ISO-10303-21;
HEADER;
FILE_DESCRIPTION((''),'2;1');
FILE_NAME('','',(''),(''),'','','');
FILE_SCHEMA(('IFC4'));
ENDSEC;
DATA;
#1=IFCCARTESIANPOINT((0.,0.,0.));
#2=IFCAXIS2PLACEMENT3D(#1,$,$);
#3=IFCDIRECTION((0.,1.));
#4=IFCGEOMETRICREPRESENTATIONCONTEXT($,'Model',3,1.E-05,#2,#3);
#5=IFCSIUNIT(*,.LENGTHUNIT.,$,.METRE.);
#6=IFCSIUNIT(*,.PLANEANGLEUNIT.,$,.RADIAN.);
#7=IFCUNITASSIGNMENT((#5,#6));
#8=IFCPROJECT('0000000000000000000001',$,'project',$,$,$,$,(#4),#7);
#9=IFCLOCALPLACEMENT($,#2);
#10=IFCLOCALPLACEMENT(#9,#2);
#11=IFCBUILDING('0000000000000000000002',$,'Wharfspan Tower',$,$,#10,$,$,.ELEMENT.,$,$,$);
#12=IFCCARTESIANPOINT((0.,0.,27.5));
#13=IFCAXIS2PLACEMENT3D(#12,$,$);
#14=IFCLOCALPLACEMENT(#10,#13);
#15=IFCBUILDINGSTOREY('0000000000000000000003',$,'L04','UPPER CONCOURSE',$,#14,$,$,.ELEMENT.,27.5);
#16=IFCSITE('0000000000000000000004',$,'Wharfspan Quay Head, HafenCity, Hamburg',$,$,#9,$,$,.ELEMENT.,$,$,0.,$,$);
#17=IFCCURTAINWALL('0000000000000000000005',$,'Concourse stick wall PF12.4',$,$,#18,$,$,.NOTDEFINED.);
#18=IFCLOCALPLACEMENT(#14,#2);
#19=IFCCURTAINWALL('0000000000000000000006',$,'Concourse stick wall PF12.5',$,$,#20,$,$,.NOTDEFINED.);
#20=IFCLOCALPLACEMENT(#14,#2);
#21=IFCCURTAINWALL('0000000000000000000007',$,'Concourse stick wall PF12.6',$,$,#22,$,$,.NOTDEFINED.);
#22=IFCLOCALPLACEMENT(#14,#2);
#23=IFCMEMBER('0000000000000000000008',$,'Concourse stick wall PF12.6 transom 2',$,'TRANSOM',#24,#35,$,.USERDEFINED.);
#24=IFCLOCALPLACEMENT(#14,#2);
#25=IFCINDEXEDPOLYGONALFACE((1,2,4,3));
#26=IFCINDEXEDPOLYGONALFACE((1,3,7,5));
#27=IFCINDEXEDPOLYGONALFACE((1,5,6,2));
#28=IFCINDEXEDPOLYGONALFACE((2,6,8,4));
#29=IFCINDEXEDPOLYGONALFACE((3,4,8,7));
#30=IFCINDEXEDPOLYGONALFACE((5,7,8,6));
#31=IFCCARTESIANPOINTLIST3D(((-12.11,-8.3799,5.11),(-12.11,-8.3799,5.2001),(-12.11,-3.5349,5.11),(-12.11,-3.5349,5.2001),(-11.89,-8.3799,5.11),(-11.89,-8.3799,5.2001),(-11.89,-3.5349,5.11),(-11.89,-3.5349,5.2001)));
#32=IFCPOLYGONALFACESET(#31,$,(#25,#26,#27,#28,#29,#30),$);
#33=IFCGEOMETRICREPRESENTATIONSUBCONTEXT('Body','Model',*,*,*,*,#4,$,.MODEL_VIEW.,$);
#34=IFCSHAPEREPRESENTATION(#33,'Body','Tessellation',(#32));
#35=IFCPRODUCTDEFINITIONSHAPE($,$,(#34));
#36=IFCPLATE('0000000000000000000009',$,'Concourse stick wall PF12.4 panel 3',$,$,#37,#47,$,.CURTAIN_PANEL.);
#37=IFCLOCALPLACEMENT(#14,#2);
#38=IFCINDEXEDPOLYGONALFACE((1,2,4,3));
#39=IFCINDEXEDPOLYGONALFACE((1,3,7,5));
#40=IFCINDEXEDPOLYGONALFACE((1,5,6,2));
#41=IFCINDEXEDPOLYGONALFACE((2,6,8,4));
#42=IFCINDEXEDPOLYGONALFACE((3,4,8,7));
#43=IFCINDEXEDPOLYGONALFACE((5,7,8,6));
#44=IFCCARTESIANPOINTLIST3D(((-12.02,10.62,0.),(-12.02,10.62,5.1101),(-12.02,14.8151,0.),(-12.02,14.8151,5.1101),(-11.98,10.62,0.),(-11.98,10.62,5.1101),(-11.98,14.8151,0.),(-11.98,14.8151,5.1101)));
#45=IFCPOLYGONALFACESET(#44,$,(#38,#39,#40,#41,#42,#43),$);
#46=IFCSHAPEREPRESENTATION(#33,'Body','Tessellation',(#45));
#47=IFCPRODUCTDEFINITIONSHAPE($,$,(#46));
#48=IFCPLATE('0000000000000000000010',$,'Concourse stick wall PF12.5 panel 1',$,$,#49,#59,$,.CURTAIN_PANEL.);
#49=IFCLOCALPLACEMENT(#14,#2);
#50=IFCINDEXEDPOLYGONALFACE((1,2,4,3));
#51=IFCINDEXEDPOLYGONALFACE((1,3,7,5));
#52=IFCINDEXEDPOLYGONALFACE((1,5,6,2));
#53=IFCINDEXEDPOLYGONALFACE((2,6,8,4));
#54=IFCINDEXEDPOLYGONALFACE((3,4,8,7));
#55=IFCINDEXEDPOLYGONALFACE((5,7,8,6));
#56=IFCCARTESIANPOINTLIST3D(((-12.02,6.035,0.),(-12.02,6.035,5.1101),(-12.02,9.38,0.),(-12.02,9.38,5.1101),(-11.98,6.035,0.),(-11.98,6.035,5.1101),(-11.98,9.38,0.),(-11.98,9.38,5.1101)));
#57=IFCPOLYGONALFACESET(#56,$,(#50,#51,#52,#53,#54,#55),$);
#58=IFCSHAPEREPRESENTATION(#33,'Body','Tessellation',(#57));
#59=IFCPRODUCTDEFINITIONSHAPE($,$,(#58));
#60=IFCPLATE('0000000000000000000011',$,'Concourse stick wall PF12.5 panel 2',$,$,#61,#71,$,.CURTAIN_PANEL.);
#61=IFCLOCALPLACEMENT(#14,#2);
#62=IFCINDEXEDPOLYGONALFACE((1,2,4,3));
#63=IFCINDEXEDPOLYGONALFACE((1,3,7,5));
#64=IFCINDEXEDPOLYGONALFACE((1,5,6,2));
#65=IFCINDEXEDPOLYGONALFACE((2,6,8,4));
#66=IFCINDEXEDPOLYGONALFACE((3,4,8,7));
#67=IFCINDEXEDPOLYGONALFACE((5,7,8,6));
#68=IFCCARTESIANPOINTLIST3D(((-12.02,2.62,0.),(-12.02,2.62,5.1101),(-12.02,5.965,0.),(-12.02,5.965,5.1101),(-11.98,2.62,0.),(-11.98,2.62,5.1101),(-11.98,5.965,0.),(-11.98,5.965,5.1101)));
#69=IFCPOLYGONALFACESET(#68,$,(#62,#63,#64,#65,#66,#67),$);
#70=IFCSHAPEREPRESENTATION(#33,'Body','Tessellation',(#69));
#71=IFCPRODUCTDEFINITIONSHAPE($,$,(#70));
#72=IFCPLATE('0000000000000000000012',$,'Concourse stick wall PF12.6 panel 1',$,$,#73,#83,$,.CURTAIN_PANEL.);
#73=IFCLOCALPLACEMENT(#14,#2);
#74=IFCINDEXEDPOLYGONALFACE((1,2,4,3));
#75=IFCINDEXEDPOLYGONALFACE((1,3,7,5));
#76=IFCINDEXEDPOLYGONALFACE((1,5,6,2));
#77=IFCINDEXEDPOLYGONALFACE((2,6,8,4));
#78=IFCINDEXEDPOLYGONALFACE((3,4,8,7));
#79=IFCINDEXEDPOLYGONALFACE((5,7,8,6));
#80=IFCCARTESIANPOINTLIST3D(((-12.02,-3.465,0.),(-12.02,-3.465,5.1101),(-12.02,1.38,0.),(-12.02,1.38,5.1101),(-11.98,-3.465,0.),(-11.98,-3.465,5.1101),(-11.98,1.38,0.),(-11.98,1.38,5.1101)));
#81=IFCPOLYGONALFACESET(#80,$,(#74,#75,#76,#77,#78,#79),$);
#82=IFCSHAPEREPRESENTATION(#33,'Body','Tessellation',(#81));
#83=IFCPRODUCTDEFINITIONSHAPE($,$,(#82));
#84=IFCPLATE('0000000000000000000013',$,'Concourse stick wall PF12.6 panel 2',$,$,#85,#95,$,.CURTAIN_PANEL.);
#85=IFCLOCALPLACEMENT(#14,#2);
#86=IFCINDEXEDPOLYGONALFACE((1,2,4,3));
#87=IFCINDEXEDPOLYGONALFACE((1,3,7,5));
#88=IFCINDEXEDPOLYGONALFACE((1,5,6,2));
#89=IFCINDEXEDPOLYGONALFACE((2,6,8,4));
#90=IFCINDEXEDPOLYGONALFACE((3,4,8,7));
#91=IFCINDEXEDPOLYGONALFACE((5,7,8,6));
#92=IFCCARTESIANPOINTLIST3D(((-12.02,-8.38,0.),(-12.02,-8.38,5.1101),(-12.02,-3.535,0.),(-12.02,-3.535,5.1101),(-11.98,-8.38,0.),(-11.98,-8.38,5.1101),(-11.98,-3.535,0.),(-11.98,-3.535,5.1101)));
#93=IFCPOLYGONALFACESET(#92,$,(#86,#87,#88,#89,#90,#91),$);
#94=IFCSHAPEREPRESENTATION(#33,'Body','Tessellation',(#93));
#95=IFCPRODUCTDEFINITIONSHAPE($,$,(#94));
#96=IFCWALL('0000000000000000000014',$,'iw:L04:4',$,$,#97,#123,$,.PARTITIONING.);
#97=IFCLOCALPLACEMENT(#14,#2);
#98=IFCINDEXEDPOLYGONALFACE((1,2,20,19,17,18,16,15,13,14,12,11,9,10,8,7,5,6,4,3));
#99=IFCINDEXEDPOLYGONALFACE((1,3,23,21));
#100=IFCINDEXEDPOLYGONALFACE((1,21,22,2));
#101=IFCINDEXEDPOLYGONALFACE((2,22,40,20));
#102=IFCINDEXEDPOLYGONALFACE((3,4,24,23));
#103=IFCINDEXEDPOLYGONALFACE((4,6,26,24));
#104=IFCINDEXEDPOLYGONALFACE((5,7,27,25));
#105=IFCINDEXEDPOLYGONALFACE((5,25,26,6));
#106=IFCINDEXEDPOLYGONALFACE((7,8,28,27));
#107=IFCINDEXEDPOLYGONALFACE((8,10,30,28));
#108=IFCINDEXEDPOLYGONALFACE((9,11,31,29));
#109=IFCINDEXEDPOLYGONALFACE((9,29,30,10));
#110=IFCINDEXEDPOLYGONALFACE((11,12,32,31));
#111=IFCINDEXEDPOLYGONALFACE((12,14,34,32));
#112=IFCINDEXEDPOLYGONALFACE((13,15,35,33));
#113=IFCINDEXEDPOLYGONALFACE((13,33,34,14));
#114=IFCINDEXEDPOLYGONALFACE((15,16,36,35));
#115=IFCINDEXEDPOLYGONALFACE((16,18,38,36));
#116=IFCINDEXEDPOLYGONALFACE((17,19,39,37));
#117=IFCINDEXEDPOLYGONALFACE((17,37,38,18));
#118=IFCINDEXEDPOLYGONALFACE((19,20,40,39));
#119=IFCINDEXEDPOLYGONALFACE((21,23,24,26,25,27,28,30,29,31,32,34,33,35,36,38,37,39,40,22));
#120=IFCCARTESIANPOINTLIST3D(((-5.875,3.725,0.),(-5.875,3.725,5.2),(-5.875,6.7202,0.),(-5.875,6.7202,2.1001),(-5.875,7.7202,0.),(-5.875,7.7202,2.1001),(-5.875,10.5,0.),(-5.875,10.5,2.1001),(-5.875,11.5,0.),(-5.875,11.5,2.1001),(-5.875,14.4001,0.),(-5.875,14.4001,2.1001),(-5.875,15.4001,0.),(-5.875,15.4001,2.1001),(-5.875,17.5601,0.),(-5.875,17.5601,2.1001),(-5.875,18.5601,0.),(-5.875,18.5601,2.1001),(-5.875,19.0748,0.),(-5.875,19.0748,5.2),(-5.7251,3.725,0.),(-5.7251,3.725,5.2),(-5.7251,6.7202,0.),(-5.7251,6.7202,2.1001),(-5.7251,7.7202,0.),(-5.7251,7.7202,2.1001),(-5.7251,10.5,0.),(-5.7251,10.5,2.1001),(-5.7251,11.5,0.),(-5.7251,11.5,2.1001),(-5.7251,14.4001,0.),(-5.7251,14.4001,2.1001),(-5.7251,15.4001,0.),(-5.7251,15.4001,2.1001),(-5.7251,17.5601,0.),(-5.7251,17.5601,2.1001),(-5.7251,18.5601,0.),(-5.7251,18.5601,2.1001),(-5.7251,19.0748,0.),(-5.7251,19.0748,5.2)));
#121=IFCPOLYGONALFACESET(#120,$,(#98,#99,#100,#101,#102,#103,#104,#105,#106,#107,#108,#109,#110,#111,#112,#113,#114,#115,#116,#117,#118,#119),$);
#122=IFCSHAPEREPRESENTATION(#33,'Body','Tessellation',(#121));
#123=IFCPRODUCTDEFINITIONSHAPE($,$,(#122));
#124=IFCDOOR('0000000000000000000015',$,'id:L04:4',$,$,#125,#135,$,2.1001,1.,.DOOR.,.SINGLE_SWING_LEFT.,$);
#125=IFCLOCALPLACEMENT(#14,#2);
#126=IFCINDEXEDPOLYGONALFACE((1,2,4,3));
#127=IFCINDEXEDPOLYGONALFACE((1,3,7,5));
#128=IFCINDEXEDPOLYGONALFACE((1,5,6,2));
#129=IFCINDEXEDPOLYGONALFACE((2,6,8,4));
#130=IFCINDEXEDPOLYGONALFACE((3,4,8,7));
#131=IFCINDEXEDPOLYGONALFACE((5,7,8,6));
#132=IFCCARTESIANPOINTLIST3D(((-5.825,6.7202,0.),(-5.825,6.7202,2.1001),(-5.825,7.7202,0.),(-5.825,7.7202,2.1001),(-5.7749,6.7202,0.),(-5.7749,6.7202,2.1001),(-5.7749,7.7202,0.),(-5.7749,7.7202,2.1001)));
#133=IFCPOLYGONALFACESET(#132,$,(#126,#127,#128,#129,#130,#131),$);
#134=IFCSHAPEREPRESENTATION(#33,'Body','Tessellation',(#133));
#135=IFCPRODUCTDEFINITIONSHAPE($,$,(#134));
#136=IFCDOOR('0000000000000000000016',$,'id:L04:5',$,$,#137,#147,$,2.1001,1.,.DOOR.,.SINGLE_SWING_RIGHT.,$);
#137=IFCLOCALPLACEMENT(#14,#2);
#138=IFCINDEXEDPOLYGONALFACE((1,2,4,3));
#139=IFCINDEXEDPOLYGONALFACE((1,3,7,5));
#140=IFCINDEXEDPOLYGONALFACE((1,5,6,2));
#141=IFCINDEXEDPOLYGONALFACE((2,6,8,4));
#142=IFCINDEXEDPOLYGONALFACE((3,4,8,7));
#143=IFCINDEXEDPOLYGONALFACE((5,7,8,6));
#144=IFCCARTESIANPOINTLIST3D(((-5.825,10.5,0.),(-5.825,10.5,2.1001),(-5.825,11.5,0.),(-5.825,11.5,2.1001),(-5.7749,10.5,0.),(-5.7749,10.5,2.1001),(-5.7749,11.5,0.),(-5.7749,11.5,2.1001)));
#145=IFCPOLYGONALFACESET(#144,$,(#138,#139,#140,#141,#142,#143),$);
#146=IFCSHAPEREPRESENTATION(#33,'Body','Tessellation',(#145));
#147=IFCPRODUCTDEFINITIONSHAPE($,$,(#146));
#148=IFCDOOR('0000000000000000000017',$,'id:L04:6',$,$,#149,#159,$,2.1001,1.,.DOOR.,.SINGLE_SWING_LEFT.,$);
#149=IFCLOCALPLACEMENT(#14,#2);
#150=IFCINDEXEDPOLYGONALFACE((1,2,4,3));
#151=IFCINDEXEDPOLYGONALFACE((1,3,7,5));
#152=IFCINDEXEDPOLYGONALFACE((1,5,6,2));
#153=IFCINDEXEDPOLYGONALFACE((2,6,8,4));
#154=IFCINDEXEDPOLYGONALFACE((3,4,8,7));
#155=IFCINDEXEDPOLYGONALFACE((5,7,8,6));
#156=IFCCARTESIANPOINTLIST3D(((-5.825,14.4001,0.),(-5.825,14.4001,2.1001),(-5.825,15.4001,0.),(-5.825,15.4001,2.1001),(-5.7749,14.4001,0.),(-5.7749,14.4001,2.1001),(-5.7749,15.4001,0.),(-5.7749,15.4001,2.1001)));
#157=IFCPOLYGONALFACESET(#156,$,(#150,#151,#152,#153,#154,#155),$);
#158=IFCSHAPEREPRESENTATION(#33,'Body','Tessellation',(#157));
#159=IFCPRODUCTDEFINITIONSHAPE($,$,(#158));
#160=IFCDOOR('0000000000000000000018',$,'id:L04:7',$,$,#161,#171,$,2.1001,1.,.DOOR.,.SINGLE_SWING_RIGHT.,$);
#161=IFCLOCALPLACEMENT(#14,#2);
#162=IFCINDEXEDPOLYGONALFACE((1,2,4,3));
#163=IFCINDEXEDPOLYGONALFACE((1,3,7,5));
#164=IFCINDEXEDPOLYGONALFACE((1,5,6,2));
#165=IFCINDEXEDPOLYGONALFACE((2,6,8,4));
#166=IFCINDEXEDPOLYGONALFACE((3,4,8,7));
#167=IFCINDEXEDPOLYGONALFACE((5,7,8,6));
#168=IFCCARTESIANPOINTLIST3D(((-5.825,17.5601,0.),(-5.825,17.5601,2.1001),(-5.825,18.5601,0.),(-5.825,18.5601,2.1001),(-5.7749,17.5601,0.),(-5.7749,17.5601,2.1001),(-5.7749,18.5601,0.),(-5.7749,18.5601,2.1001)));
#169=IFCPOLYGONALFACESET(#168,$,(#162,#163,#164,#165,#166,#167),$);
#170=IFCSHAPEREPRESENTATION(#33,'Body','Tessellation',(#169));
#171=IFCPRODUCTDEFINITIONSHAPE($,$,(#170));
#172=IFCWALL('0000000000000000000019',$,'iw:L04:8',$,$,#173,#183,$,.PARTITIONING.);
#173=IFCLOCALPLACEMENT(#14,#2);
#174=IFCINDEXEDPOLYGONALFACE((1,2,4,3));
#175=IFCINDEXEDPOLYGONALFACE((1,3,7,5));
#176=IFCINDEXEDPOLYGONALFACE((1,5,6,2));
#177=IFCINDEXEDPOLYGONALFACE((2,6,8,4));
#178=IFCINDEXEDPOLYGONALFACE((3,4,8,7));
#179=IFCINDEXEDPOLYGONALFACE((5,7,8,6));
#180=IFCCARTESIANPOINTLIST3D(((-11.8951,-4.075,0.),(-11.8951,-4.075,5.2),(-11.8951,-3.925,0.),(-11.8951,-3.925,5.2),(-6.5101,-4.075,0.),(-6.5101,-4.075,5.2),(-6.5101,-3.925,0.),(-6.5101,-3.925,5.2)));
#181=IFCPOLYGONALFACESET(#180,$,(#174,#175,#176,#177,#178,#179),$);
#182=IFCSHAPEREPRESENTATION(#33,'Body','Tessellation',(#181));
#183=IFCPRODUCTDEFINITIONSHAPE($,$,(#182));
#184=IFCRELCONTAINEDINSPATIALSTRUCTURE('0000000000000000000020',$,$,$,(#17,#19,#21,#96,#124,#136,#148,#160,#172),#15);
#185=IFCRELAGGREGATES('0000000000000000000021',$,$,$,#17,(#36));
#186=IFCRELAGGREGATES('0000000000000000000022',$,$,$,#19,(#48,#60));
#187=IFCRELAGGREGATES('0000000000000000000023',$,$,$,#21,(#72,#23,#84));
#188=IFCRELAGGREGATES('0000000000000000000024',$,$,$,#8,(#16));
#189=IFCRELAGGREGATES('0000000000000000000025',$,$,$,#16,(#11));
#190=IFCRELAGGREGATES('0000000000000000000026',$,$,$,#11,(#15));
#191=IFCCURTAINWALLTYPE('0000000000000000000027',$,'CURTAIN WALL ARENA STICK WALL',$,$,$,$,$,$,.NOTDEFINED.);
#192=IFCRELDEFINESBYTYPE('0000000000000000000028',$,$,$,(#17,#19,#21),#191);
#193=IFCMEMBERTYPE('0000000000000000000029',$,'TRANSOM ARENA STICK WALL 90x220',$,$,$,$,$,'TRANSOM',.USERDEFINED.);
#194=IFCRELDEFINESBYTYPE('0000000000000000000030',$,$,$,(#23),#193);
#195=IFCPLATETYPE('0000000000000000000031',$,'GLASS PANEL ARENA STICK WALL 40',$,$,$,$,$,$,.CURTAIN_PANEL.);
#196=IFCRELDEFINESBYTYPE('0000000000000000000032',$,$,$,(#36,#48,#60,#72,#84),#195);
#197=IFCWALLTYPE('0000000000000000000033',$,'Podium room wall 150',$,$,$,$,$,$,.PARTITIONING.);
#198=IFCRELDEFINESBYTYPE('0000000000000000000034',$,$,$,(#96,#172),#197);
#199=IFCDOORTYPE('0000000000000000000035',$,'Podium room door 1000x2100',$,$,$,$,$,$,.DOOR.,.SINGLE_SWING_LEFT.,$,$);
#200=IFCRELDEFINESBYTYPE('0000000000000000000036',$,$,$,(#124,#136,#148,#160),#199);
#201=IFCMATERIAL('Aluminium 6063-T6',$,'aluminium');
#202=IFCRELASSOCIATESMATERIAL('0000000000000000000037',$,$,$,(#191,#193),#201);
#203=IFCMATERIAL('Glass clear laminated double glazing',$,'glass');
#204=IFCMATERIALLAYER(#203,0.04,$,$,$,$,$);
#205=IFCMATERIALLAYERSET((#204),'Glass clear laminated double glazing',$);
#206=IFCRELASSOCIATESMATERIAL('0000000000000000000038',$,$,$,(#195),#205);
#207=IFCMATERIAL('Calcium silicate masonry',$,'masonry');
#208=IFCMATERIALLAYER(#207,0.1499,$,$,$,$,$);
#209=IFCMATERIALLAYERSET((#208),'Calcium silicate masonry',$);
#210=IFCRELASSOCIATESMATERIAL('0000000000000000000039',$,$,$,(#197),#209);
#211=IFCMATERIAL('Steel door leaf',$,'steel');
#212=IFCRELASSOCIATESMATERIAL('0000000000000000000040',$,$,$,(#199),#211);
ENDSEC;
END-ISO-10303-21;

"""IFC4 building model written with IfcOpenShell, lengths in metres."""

from ifc_helpers import new_model, si_unit, direction, frame, frame_2d, origin, origin_2d, place, context, subcontext, project, spatial, rectangle, extrude, material, layer, layer_set, material_profile, profile_set, type_object, element, fill, aggregate, save


model = new_model("IFC4")

# Units and contexts
model_context = context("Model", 3, precision=1e-05, world=origin(), true_north=direction((0.0, 1.0)))
body_context = subcontext(model_context, "Body", "Model", "MODEL_VIEW")
ifc_project = project(units=[si_unit("LENGTHUNIT", "METRE"), si_unit("PLANEANGLEUNIT", "RADIAN")], contexts=[model_context])

# Site, building, storey
site_placement = place(None, origin())
site = spatial("IfcSite", under=ifc_project, at=site_placement, Name="Wharfspan Quay Head, HafenCity, Hamburg", CompositionType="ELEMENT", RefElevation=0.0)
building_placement = place(site_placement, origin())
building = spatial("IfcBuilding", under=site, at=building_placement, Name="Wharfspan Tower", CompositionType="ELEMENT")
storey_placement = place(building_placement, frame((0.0, 0.0, 27.5)))
storey = spatial("IfcBuildingStorey", under=building, at=storey_placement, Name="L04", Description="UPPER CONCOURSE", CompositionType="ELEMENT", Elevation=27.5)

# Curtain walls
ifc_material_1 = material(Name="Aluminium 6063-T6", Category="aluminium")
curtain_wall_type = type_object("IfcCurtainWallType", Name="CURTAIN WALL ARENA STICK WALL", PredefinedType="NOTDEFINED", material=ifc_material_1)
curtain_wall_1_placement = place(storey_placement, origin())
curtain_wall_1 = element("IfcCurtainWall", 1, at=curtain_wall_1_placement, inside=storey, type_object=curtain_wall_type, Name="Concourse stick wall PF12.4", PredefinedType="NOTDEFINED")
curtain_wall_2_placement = place(storey_placement, origin())
curtain_wall_2 = element("IfcCurtainWall", 2, at=curtain_wall_2_placement, inside=storey, type_object=curtain_wall_type, Name="Concourse stick wall PF12.5", PredefinedType="NOTDEFINED")
curtain_wall_3_placement = place(storey_placement, origin())
curtain_wall_3 = element("IfcCurtainWall", 3, at=curtain_wall_3_placement, inside=storey, type_object=curtain_wall_type, Name="Concourse stick wall PF12.6", PredefinedType="NOTDEFINED")

# Member
ifc_material_profile_1 = material_profile(ifc_material_1, rectangle(XDim=0.22, YDim=0.0901, at=origin_2d()))
ifc_profile_set_1 = profile_set([ifc_material_profile_1], Name="Aluminium 6063-T6")
member_type_1 = type_object("IfcMemberType", Name="TRANSOM ARENA STICK WALL 90x220", ElementType="TRANSOM", PredefinedType="USERDEFINED", material=ifc_profile_set_1)
member_1_placement = place(storey_placement, frame((-12.0, -3.5349, 5.155), z_axis=(0.0, -1.0, 0.0), x_axis=(1.0, 0.0, 0.0)))
member_1 = element("IfcMember", 4, at=member_1_placement, type_object=member_type_1, Name="Concourse stick wall PF12.6 transom 2", ObjectType="TRANSOM", PredefinedType="USERDEFINED", context=body_context, shape_type="SweptSolid", body=[
    extrude(rectangle(XDim=0.22, YDim=0.0901, at=origin_2d()), origin(), (0.0, 0.0, 1.0), 4.845),
])

# Plates
ifc_material_2 = material(Name="Glass clear laminated double glazing", Category="glass")
ifc_layer_1 = layer(ifc_material_2, 0.04)
ifc_layer_set_1 = layer_set([ifc_layer_1], Name="Glass clear laminated double glazing")
plate_type = type_object("IfcPlateType", Name="GLASS PANEL ARENA STICK WALL 40", PredefinedType="CURTAIN_PANEL", material=ifc_layer_set_1)
plate_1_placement = place(storey_placement, frame((-12.0, 12.7175, 0.0), z_axis=(0.0, 0.0, 1.0), x_axis=(0.0, -1.0, 0.0)))
plate_1 = element("IfcPlate", 5, at=plate_1_placement, type_object=plate_type, Name="Concourse stick wall PF12.4 panel 3", PredefinedType="CURTAIN_PANEL", context=body_context, shape_type="SweptSolid", body=[
    extrude(rectangle(XDim=4.1951, YDim=0.04, at=origin_2d()), origin(), (0.0, 0.0, 1.0), 5.1101),
])
aggregate(curtain_wall_1, [plate_1])
plate_2_placement = place(storey_placement, frame((-12.0, 7.7075, 0.0), z_axis=(0.0, 0.0, 1.0), x_axis=(0.0, -1.0, 0.0)))
plate_2 = element("IfcPlate", 6, at=plate_2_placement, type_object=plate_type, Name="Concourse stick wall PF12.5 panel 1", PredefinedType="CURTAIN_PANEL", context=body_context, shape_type="SweptSolid", body=[
    extrude(rectangle(XDim=3.345, YDim=0.04, at=origin_2d()), origin(), (0.0, 0.0, 1.0), 5.1101),
])
plate_3_placement = place(storey_placement, frame((-12.0, 4.2925, 0.0), z_axis=(0.0, 0.0, 1.0), x_axis=(0.0, -1.0, 0.0)))
plate_3 = element("IfcPlate", 7, at=plate_3_placement, type_object=plate_type, Name="Concourse stick wall PF12.5 panel 2", PredefinedType="CURTAIN_PANEL", context=body_context, shape_type="SweptSolid", body=[
    extrude(rectangle(XDim=3.345, YDim=0.04, at=origin_2d()), origin(), (0.0, 0.0, 1.0), 5.1101),
])
aggregate(curtain_wall_2, [plate_2, plate_3])
plate_4_placement = place(storey_placement, frame((-12.0, -1.0425, 0.0), z_axis=(0.0, 0.0, 1.0), x_axis=(0.0, -1.0, 0.0)))
plate_4 = element("IfcPlate", 8, at=plate_4_placement, type_object=plate_type, Name="Concourse stick wall PF12.6 panel 1", PredefinedType="CURTAIN_PANEL", context=body_context, shape_type="SweptSolid", body=[
    extrude(rectangle(XDim=4.845, YDim=0.04, at=origin_2d()), origin(), (0.0, 0.0, 1.0), 5.1101),
])
plate_5_placement = place(storey_placement, frame((-12.0, -5.9575, 0.0), z_axis=(0.0, 0.0, 1.0), x_axis=(0.0, -1.0, 0.0)))
plate_5 = element("IfcPlate", 9, at=plate_5_placement, type_object=plate_type, Name="Concourse stick wall PF12.6 panel 2", PredefinedType="CURTAIN_PANEL", context=body_context, shape_type="SweptSolid", body=[
    extrude(rectangle(XDim=4.845, YDim=0.04, at=origin_2d()), origin(), (0.0, 0.0, 1.0), 5.1101),
])
aggregate(curtain_wall_3, [plate_4, member_1, plate_5])

# Wall, openings, doors
ifc_material_3 = material(Name="Calcium silicate masonry", Category="masonry")
ifc_layer_2 = layer(ifc_material_3, 0.1499)
ifc_layer_set_2 = layer_set([ifc_layer_2], Name="Calcium silicate masonry")
wall_type_1 = type_object("IfcWallType", Name="Podium room wall 150", PredefinedType="PARTITIONING", material=ifc_layer_set_2)
wall_1_placement = place(storey_placement, frame((-5.8, 3.7251, 0.0), z_axis=(0.0, 0.0, 1.0), x_axis=(0.0, 1.0, 0.0)))
wall_1 = element("IfcWall", 10, at=wall_1_placement, inside=storey, type_object=wall_type_1, Name="iw:L04:4", PredefinedType="PARTITIONING", context=body_context, shape_type="SweptSolid", body=[
    extrude(rectangle(XDim=15.3499, YDim=0.1499, at=frame_2d((7.6748, 0.0))), origin(), (0.0, 0.0, 1.0), 5.2),
])
opening_1_placement = place(wall_1_placement, frame((2.9951, 0.0, 0.0)))
opening_1 = element("IfcOpeningElement", 11, at=opening_1_placement, cuts=wall_1, PredefinedType="OPENING", context=body_context, shape_type="SweptSolid", body=[
    extrude(rectangle(XDim=1.0, YDim=2.1001, at=frame_2d((0.5, 1.05))), frame((0.0, 0.085, 0.0), z_axis=(0.0, -1.0, 0.0), x_axis=(1.0, 0.0, 0.0)), (0.0, 0.0, 1.0), 0.1699),
])
opening_2_placement = place(wall_1_placement, frame((6.7749, 0.0, 0.0)))
opening_2 = element("IfcOpeningElement", 12, at=opening_2_placement, cuts=wall_1, PredefinedType="OPENING", context=body_context, shape_type="SweptSolid", body=[
    extrude(rectangle(XDim=1.0, YDim=2.1001, at=frame_2d((0.5, 1.05))), frame((0.0, 0.085, 0.0), z_axis=(0.0, -1.0, 0.0), x_axis=(1.0, 0.0, 0.0)), (0.0, 0.0, 1.0), 0.1699),
])
opening_3_placement = place(wall_1_placement, frame((10.675, 0.0, 0.0)))
opening_3 = element("IfcOpeningElement", 13, at=opening_3_placement, cuts=wall_1, PredefinedType="OPENING", context=body_context, shape_type="SweptSolid", body=[
    extrude(rectangle(XDim=1.0, YDim=2.1001, at=frame_2d((0.5, 1.05))), frame((0.0, 0.085, 0.0), z_axis=(0.0, -1.0, 0.0), x_axis=(1.0, 0.0, 0.0)), (0.0, 0.0, 1.0), 0.1699),
])
opening_4_placement = place(wall_1_placement, frame((13.835, 0.0, 0.0)))
opening_4 = element("IfcOpeningElement", 14, at=opening_4_placement, cuts=wall_1, PredefinedType="OPENING", context=body_context, shape_type="SweptSolid", body=[
    extrude(rectangle(XDim=1.0, YDim=2.1001, at=frame_2d((0.5, 1.05))), frame((0.0, 0.085, 0.0), z_axis=(0.0, -1.0, 0.0), x_axis=(1.0, 0.0, 0.0)), (0.0, 0.0, 1.0), 0.1699),
])
ifc_material_4 = material(Name="Steel door leaf", Category="steel")
door_type = type_object("IfcDoorType", Name="Podium room door 1000x2100", OperationType="SINGLE_SWING_LEFT", PredefinedType="DOOR", material=ifc_material_4)
door_1_placement = place(opening_1_placement, origin())
door_1 = element("IfcDoor", 15, at=door_1_placement, inside=storey, type_object=door_type, Name="id:L04:4", OperationType="SINGLE_SWING_LEFT", OverallHeight=2.1001, OverallWidth=1.0, PredefinedType="DOOR", context=body_context, shape_type="SweptSolid", body=[
    extrude(rectangle(XDim=1.0, YDim=2.1001, at=frame_2d((0.5, 1.05))), frame((0.0, 0.0249, 0.0), z_axis=(0.0, -1.0, 0.0), x_axis=(1.0, 0.0, 0.0)), (0.0, 0.0, 1.0), 0.05),
])
fill(opening_1, door_1)
door_2_placement = place(opening_2_placement, origin())
door_2 = element("IfcDoor", 16, at=door_2_placement, inside=storey, type_object=door_type, Name="id:L04:5", OperationType="SINGLE_SWING_RIGHT", OverallHeight=2.1001, OverallWidth=1.0, PredefinedType="DOOR", context=body_context, shape_type="SweptSolid", body=[
    extrude(rectangle(XDim=1.0, YDim=2.1001, at=frame_2d((0.5, 1.05))), frame((0.0, 0.0249, 0.0), z_axis=(0.0, -1.0, 0.0), x_axis=(1.0, 0.0, 0.0)), (0.0, 0.0, 1.0), 0.05),
])
fill(opening_2, door_2)
door_3_placement = place(opening_3_placement, origin())
door_3 = element("IfcDoor", 17, at=door_3_placement, inside=storey, type_object=door_type, Name="id:L04:6", OperationType="SINGLE_SWING_LEFT", OverallHeight=2.1001, OverallWidth=1.0, PredefinedType="DOOR", context=body_context, shape_type="SweptSolid", body=[
    extrude(rectangle(XDim=1.0, YDim=2.1001, at=frame_2d((0.5, 1.05))), frame((0.0, 0.0249, 0.0), z_axis=(0.0, -1.0, 0.0), x_axis=(1.0, 0.0, 0.0)), (0.0, 0.0, 1.0), 0.05),
])
fill(opening_3, door_3)
door_4_placement = place(opening_4_placement, origin())
door_4 = element("IfcDoor", 18, at=door_4_placement, inside=storey, type_object=door_type, Name="id:L04:7", OperationType="SINGLE_SWING_RIGHT", OverallHeight=2.1001, OverallWidth=1.0, PredefinedType="DOOR", context=body_context, shape_type="SweptSolid", body=[
    extrude(rectangle(XDim=1.0, YDim=2.1001, at=frame_2d((0.5, 1.05))), frame((0.0, 0.0249, 0.0), z_axis=(0.0, -1.0, 0.0), x_axis=(1.0, 0.0, 0.0)), (0.0, 0.0, 1.0), 0.05),
])
fill(opening_4, door_4)

# Wall
wall_2_placement = place(storey_placement, frame((-11.895, -4.0, 0.0), z_axis=(0.0, 0.0, 1.0), x_axis=(1.0, 0.0, 0.0)))
element("IfcWall", 19, at=wall_2_placement, inside=storey, type_object=wall_type_1, Name="iw:L04:8", PredefinedType="PARTITIONING", context=body_context, shape_type="SweptSolid", body=[
    extrude(rectangle(XDim=5.385, YDim=0.1499, at=frame_2d((2.6924, 0.0))), origin(), (0.0, 0.0, 1.0), 5.2),
])

save(model, "model.ifc")
